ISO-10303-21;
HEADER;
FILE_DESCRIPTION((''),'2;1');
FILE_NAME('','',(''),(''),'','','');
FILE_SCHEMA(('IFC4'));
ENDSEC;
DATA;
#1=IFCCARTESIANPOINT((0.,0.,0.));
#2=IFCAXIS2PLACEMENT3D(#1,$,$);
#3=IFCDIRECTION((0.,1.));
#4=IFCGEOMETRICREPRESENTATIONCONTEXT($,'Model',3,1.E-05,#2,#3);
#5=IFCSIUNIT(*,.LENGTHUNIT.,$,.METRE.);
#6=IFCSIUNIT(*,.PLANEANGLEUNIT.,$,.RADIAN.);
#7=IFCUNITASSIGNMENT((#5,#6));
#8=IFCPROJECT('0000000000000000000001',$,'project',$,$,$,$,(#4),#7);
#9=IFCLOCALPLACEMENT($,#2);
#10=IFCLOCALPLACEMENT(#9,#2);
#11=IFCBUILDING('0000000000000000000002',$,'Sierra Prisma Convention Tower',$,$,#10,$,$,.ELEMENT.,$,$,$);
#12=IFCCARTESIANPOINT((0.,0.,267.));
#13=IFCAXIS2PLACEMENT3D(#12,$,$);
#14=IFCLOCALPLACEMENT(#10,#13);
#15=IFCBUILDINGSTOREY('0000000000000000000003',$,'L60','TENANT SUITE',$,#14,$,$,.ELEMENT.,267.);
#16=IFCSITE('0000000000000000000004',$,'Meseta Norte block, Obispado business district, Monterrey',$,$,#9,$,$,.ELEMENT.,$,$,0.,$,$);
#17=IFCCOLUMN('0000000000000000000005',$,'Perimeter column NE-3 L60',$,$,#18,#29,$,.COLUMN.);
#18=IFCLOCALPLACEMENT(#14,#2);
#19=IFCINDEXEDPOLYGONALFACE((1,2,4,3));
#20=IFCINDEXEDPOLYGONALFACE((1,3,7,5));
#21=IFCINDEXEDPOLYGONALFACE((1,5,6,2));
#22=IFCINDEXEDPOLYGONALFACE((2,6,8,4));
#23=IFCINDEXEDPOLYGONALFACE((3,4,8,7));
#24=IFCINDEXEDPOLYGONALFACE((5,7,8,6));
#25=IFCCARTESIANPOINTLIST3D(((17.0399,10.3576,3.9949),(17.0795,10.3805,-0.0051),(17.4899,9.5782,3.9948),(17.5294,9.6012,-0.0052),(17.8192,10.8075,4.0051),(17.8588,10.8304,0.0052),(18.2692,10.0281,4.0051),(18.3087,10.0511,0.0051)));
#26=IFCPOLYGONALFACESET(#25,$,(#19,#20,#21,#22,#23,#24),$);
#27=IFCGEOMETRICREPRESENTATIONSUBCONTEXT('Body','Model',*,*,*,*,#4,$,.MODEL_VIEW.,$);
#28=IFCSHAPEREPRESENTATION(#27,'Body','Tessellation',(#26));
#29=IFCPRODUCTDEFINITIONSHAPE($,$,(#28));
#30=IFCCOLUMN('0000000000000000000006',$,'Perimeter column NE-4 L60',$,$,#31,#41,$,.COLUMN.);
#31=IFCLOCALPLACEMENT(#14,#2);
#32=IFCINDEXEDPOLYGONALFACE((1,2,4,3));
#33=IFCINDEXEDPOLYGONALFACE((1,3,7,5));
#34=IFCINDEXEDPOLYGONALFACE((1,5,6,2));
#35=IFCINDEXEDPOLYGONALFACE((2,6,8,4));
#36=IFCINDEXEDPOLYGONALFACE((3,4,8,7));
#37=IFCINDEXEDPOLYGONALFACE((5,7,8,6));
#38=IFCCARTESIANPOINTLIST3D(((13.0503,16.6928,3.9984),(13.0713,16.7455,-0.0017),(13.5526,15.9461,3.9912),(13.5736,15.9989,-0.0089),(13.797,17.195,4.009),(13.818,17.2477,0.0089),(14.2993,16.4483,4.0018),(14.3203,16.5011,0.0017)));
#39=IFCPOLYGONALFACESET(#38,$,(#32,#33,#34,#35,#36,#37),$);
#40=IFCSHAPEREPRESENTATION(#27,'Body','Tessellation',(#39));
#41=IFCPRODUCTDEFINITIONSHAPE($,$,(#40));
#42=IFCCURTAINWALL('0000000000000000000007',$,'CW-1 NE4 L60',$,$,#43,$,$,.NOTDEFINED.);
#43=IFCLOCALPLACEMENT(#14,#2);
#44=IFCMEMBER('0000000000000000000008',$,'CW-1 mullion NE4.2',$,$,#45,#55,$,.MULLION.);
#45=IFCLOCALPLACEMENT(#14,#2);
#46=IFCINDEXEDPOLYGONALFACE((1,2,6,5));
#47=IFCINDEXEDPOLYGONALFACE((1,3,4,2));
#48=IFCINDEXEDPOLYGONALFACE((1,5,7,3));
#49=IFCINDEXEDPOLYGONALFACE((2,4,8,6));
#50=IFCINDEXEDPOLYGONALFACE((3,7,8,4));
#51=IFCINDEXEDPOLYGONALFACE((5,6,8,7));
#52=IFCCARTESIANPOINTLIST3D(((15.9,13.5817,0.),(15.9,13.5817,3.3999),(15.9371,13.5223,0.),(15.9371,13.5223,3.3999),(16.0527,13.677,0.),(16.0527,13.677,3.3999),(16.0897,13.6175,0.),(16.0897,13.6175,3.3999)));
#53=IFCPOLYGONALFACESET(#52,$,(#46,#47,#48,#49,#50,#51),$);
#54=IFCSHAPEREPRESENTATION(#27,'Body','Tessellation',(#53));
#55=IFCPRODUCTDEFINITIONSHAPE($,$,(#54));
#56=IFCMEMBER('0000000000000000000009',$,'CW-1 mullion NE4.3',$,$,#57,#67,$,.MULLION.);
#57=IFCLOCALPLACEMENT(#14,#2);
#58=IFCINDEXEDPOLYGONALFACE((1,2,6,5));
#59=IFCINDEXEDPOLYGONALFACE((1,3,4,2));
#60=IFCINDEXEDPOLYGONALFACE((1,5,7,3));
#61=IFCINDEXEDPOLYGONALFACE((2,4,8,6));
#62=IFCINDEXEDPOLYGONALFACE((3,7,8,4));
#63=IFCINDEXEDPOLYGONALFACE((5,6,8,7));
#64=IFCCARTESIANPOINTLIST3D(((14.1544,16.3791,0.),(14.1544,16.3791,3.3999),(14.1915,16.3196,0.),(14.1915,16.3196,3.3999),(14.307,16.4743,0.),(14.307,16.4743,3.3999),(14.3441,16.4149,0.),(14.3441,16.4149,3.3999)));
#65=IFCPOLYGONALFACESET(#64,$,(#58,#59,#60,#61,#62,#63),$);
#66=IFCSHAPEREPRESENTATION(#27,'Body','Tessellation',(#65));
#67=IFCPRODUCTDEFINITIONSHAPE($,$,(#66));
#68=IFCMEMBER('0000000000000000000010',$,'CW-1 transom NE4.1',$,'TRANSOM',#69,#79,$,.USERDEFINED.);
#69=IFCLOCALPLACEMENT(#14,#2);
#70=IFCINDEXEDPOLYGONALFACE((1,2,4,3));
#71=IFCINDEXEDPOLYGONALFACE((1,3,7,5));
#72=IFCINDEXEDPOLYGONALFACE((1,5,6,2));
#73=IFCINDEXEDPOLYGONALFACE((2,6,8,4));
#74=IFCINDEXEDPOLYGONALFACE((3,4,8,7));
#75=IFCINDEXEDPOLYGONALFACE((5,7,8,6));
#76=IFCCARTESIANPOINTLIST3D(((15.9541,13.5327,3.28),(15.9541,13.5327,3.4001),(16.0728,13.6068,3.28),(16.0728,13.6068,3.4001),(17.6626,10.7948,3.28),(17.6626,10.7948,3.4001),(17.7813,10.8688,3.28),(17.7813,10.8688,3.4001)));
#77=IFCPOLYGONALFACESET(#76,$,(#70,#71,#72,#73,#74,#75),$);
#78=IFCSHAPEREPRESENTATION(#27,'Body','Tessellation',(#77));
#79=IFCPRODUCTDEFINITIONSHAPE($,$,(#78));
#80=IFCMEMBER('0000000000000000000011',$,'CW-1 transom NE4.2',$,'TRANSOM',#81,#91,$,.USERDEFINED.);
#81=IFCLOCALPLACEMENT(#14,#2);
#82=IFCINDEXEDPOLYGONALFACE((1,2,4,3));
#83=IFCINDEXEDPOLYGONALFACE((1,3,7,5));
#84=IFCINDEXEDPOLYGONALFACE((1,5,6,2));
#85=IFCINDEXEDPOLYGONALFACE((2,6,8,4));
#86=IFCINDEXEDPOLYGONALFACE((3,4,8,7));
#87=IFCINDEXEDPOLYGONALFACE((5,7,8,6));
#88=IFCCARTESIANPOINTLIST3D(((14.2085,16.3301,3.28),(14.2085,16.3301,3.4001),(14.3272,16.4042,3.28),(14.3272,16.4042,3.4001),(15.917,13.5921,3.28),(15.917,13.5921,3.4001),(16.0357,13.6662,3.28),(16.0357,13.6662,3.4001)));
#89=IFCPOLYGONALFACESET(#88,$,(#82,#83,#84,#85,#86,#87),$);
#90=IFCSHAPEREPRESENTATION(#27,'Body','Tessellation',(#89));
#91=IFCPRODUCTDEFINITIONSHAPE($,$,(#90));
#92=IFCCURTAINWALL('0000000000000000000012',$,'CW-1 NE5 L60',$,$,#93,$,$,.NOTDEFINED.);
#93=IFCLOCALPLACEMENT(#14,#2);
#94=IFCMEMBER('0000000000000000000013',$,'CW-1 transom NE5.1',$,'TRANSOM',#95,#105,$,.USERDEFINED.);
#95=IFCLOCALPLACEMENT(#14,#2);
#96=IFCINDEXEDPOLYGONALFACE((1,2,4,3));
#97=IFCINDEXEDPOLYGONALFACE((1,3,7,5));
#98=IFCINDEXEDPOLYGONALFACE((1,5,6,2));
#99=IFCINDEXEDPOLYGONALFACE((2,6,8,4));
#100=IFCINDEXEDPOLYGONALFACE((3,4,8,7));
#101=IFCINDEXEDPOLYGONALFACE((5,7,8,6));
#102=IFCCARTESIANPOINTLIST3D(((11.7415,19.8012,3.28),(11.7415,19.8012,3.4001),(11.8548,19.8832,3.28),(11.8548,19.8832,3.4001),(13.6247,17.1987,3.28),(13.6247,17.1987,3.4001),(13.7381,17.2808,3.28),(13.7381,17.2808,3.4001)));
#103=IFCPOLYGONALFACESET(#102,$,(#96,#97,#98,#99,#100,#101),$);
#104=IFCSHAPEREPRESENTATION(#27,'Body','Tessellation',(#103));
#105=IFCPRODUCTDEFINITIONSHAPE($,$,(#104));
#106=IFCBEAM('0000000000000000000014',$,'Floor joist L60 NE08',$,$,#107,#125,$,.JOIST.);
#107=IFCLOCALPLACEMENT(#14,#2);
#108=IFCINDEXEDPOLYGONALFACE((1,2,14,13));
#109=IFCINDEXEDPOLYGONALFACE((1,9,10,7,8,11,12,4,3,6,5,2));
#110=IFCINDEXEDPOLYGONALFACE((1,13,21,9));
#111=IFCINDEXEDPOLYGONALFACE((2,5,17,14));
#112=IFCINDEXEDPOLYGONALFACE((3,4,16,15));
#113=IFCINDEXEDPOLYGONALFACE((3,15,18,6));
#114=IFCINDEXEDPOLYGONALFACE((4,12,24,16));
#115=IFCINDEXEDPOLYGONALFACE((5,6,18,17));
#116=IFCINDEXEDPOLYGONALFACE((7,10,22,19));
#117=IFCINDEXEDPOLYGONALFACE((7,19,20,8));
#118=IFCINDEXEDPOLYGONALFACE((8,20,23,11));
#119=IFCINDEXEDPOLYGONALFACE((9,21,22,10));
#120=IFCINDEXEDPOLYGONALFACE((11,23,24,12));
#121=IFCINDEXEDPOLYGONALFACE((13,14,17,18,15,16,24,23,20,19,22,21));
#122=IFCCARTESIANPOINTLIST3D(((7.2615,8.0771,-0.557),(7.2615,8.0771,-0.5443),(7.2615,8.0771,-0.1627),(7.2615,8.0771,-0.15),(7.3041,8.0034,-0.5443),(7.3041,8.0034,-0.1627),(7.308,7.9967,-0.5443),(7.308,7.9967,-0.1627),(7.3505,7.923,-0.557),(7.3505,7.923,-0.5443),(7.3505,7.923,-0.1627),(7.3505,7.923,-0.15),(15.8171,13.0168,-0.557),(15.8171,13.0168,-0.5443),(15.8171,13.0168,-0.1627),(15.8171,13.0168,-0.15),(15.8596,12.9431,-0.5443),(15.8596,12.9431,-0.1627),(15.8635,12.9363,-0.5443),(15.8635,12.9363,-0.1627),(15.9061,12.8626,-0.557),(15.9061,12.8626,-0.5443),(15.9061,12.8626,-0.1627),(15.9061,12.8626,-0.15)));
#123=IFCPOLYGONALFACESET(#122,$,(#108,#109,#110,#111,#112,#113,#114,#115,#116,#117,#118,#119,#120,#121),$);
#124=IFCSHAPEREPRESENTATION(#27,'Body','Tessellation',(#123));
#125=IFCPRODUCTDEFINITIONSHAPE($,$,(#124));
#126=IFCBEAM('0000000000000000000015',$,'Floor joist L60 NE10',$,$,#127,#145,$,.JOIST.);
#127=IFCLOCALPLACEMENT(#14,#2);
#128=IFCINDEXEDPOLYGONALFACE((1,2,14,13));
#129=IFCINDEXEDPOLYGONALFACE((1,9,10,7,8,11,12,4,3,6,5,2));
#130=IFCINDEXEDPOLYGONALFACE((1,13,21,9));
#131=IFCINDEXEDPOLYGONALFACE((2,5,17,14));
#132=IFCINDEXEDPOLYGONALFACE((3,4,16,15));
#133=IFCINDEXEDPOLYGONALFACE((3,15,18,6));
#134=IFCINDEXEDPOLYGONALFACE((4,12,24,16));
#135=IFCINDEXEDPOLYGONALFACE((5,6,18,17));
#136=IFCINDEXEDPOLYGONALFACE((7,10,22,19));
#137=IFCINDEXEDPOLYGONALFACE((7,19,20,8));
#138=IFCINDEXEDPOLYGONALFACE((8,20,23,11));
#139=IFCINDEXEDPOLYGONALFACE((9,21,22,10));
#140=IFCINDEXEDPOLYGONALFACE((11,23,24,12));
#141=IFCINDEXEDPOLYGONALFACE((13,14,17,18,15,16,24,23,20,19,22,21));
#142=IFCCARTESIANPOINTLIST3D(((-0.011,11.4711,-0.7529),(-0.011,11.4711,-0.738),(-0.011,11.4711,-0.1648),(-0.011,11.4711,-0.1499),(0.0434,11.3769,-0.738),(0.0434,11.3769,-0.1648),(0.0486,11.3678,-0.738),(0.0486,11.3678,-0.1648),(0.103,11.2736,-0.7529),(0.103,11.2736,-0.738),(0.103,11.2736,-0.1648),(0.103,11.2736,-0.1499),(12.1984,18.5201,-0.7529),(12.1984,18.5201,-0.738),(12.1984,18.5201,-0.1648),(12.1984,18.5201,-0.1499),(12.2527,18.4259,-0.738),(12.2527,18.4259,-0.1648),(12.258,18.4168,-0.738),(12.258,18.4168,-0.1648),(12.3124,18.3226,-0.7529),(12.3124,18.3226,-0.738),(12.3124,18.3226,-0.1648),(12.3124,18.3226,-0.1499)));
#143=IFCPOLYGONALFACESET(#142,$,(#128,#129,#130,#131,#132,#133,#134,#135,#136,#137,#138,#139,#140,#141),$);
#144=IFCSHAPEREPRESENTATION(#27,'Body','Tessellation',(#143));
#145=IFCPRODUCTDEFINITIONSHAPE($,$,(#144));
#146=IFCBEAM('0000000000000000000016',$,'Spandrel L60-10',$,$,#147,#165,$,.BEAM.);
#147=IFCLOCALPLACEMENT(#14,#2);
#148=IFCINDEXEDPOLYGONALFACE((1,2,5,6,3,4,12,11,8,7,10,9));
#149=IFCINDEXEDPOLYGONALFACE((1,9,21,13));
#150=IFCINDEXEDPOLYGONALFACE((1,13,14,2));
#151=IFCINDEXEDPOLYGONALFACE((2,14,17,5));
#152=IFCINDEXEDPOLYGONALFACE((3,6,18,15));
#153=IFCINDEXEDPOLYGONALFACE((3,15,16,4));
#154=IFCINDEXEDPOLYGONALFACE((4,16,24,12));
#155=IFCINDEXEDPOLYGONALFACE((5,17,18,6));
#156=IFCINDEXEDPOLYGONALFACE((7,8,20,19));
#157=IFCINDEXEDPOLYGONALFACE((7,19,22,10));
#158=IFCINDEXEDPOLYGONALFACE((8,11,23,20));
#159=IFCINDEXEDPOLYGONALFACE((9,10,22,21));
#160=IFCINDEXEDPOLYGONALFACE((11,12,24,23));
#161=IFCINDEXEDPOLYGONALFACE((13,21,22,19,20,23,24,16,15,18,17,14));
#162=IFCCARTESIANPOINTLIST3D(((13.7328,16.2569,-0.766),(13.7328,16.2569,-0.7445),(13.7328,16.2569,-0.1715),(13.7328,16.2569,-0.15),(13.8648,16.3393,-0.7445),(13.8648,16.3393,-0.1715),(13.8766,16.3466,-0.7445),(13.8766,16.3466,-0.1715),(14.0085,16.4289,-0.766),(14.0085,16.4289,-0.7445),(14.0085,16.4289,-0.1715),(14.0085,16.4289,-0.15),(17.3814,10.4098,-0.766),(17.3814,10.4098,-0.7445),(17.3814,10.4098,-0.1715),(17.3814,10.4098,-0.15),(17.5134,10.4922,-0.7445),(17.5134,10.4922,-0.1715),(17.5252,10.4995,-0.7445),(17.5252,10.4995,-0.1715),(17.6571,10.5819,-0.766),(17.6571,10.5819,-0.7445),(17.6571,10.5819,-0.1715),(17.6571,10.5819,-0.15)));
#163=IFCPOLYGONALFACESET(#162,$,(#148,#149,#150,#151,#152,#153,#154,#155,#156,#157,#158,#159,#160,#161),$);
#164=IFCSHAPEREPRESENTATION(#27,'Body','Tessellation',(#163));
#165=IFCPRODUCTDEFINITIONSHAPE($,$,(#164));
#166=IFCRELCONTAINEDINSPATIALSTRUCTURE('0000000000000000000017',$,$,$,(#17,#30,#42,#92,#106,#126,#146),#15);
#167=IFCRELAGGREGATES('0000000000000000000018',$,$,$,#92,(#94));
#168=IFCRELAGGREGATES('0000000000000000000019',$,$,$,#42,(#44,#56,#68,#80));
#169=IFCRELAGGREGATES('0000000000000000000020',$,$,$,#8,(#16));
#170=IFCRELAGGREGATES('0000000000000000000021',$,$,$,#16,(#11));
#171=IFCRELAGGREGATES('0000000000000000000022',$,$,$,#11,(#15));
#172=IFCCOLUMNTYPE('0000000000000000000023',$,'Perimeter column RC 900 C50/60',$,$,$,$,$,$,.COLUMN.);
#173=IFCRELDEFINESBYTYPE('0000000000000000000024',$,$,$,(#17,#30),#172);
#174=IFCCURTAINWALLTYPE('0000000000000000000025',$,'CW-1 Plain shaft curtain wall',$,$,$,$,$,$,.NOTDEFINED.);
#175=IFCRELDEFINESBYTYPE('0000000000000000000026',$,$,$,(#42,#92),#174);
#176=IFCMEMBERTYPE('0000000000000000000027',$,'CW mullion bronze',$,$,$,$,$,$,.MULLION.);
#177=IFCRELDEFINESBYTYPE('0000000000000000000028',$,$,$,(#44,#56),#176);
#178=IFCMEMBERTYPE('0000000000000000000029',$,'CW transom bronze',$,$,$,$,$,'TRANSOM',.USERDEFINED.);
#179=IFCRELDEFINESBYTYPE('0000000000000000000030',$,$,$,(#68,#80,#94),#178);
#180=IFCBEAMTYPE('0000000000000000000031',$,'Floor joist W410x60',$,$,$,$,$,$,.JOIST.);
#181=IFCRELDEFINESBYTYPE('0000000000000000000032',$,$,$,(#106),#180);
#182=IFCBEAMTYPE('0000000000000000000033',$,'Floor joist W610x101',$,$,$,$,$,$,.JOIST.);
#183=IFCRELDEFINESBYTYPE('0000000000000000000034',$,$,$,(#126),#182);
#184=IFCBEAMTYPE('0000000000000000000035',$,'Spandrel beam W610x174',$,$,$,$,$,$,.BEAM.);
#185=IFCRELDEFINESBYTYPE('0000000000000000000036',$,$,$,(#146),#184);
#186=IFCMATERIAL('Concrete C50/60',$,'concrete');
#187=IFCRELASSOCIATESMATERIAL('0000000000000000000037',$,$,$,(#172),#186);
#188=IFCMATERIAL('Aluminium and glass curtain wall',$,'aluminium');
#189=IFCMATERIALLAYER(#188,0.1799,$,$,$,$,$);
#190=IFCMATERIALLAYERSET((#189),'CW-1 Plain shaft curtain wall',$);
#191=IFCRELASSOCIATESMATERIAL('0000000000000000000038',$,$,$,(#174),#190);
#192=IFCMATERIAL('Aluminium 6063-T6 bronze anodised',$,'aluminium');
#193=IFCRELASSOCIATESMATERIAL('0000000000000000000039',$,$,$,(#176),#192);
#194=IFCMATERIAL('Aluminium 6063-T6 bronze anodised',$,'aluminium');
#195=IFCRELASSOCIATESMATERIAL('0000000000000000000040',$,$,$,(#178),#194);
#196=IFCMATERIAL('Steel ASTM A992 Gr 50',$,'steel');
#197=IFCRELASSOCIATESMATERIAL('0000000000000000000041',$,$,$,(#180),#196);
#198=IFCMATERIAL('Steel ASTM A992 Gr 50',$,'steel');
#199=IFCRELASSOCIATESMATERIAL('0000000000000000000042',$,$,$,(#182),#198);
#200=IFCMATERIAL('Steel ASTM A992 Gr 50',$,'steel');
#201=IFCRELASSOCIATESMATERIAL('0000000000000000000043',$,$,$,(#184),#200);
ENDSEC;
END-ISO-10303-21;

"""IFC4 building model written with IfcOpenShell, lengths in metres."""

from ifc_helpers import new_model, si_unit, direction, frame, origin, origin_2d, place, context, subcontext, project, spatial, rectangle, i_section, extrude, material, layer, layer_set, material_profile, profile_set, type_object, element, aggregate, save


model = new_model("IFC4")

# Units and contexts
model_context = context("Model", 3, precision=1e-05, world=origin(), true_north=direction((0.0, 1.0)))
body_context = subcontext(model_context, "Body", "Model", "MODEL_VIEW")
ifc_project = project(units=[si_unit("LENGTHUNIT", "METRE"), si_unit("PLANEANGLEUNIT", "RADIAN")], contexts=[model_context])

# Site, building, storey
site_placement = place(None, origin())
site = spatial("IfcSite", under=ifc_project, at=site_placement, Name="Meseta Norte block, Obispado business district, Monterrey", CompositionType="ELEMENT", RefElevation=0.0)
building_placement = place(site_placement, origin())
building = spatial("IfcBuilding", under=site, at=building_placement, Name="Sierra Prisma Convention Tower", CompositionType="ELEMENT")
storey_placement = place(building_placement, frame((0.0, 0.0, 267.0)))
storey = spatial("IfcBuildingStorey", under=building, at=storey_placement, Name="L60", Description="TENANT SUITE", CompositionType="ELEMENT", Elevation=267.0)

# Columns
ifc_material_1 = material(Name="Concrete C50/60", Category="concrete")
ifc_material_profile_1 = material_profile(ifc_material_1, rectangle(XDim=0.8999, YDim=0.8999, at=origin_2d()), Name="Perimeter column RC 900 C50/60")
ifc_profile_set_1 = profile_set([ifc_material_profile_1], Name="Concrete C50/60")
column_type = type_object("IfcColumnType", Name="Perimeter column RC 900 C50/60", PredefinedType="COLUMN", material=ifc_profile_set_1)
column_1_placement = place(storey_placement, frame((17.6941, 10.2158, 0.0), z_axis=(-0.009887, -0.005737, 0.999935), x_axis=(-0.499976, 0.86604, 0.000025)))
element("IfcColumn", 1, at=column_1_placement, inside=storey, type_object=column_type, Name="Perimeter column NE-3 L60", PredefinedType="COLUMN", context=body_context, shape_type="SweptSolid", body=[
    extrude(rectangle(XDim=0.8999, YDim=0.8999, at=origin_2d()), origin(), (0.0, 0.0, 1.0), 4.0002),
])
column_2_placement = place(storey_placement, frame((13.6958, 16.6233, 0.0), z_axis=(-0.005248, -0.013182, 0.999899), x_axis=(-0.558149, 0.829702, 0.008009)))
element("IfcColumn", 2, at=column_2_placement, inside=storey, type_object=column_type, Name="Perimeter column NE-4 L60", PredefinedType="COLUMN", context=body_context, shape_type="SweptSolid", body=[
    extrude(rectangle(XDim=0.8999, YDim=0.8999, at=origin_2d()), origin(), (0.0, 0.0, 1.0), 4.0005),
])

# Curtain wall, members
ifc_material_2 = material(Name="Aluminium and glass curtain wall", Category="aluminium")
ifc_layer_1 = layer(ifc_material_2, 0.1799)
ifc_layer_set_1 = layer_set([ifc_layer_1], Name="CW-1 Plain shaft curtain wall")
curtain_wall_type = type_object("IfcCurtainWallType", Name="CW-1 Plain shaft curtain wall", PredefinedType="NOTDEFINED", material=ifc_layer_set_1)
curtain_wall_1_placement = place(storey_placement, origin())
curtain_wall_1 = element("IfcCurtainWall", 3, at=curtain_wall_1_placement, inside=storey, type_object=curtain_wall_type, Name="CW-1 NE4 L60", PredefinedType="NOTDEFINED")
ifc_material_3 = material(Name="Aluminium 6063-T6 bronze anodised", Category="aluminium")
ifc_material_profile_2 = material_profile(ifc_material_3, rectangle(XDim=0.1799, YDim=0.0701, at=origin_2d()), Name="ALU MULLION 70x180")
ifc_profile_set_2 = profile_set([ifc_material_profile_2], Name="Aluminium 6063-T6 bronze anodised")
member_type_1 = type_object("IfcMemberType", Name="CW mullion bronze", PredefinedType="MULLION", material=ifc_profile_set_2)
member_1_placement = place(storey_placement, frame((15.9949, 13.5996, 0.0), z_axis=(0.0, 0.0, 1.0), x_axis=(-0.848379, -0.52939, 0.0)))
member_1 = element("IfcMember", 4, at=member_1_placement, type_object=member_type_1, Name="CW-1 mullion NE4.2", PredefinedType="MULLION", context=body_context, shape_type="SweptSolid", body=[
    extrude(rectangle(XDim=0.1799, YDim=0.0701, at=origin_2d()), origin(), (0.0, 0.0, 1.0), 3.3999),
])
member_2_placement = place(storey_placement, frame((14.2493, 16.397, 0.0), z_axis=(0.0, 0.0, 1.0), x_axis=(-0.848379, -0.52939, 0.0)))
member_2 = element("IfcMember", 5, at=member_2_placement, type_object=member_type_1, Name="CW-1 mullion NE4.3", PredefinedType="MULLION", context=body_context, shape_type="SweptSolid", body=[
    extrude(rectangle(XDim=0.1799, YDim=0.0701, at=origin_2d()), origin(), (0.0, 0.0, 1.0), 3.3999),
])
ifc_material_4 = material(Name="Aluminium 6063-T6 bronze anodised", Category="aluminium")
ifc_material_profile_3 = material_profile(ifc_material_4, rectangle(XDim=0.1399, YDim=0.1201, at=origin_2d()), Name="ALU TRANSOM 120x140")
ifc_profile_set_3 = profile_set([ifc_material_profile_3], Name="Aluminium 6063-T6 bronze anodised")
member_type_2 = type_object("IfcMemberType", Name="CW transom bronze", ElementType="TRANSOM", PredefinedType="USERDEFINED", material=ifc_profile_set_3)
member_3_placement = place(storey_placement, frame((17.7219, 10.8318, 3.3401), z_axis=(-0.52938, 0.848385, 0.0), x_axis=(-0.848385, -0.52938, 0.0)))
member_3 = element("IfcMember", 6, at=member_3_placement, type_object=member_type_2, Name="CW-1 transom NE4.1", ObjectType="TRANSOM", PredefinedType="USERDEFINED", context=body_context, shape_type="SweptSolid", body=[
    extrude(rectangle(XDim=0.1399, YDim=0.1201, at=origin_2d()), origin(), (0.0, 0.0, 1.0), 3.2273),
])
member_4_placement = place(storey_placement, frame((15.9763, 13.6292, 3.3401), z_axis=(-0.52938, 0.848385, 0.0), x_axis=(-0.848385, -0.52938, 0.0)))
member_4 = element("IfcMember", 7, at=member_4_placement, type_object=member_type_2, Name="CW-1 transom NE4.2", ObjectType="TRANSOM", PredefinedType="USERDEFINED", context=body_context, shape_type="SweptSolid", body=[
    extrude(rectangle(XDim=0.1399, YDim=0.1201, at=origin_2d()), origin(), (0.0, 0.0, 1.0), 3.2273),
])

# Curtain wall, member
curtain_wall_2_placement = place(storey_placement, origin())
curtain_wall_2 = element("IfcCurtainWall", 8, at=curtain_wall_2_placement, inside=storey, type_object=curtain_wall_type, Name="CW-1 NE5 L60", PredefinedType="NOTDEFINED")
member_5_placement = place(storey_placement, frame((13.6814, 17.2397, 3.3401), z_axis=(-0.586245, 0.810134, 0.0), x_axis=(-0.810134, -0.586245, 0.0)))
member_5 = element("IfcMember", 9, at=member_5_placement, type_object=member_type_2, Name="CW-1 transom NE5.1", ObjectType="TRANSOM", PredefinedType="USERDEFINED", context=body_context, shape_type="SweptSolid", body=[
    extrude(rectangle(XDim=0.1399, YDim=0.1201, at=origin_2d()), origin(), (0.0, 0.0, 1.0), 3.2124),
])
aggregate(curtain_wall_2, [member_5])

# Beams
ifc_material_5 = material(Name="Steel ASTM A992 Gr 50", Category="steel")
ifc_material_profile_4 = material_profile(ifc_material_5, i_section(OverallWidth=0.178, OverallDepth=0.407, WebThickness=0.0078, FlangeThickness=0.0127, at=origin_2d()), Name="W410x60")
ifc_profile_set_4 = profile_set([ifc_material_profile_4], Name="Steel ASTM A992 Gr 50")
beam_type_1 = type_object("IfcBeamType", Name="Floor joist W410x60", PredefinedType="JOIST", material=ifc_profile_set_4)
beam_1_placement = place(storey_placement, frame((15.8616, 12.9397, -0.3535), z_axis=(-0.866022, -0.500006, 0.0), x_axis=(0.500006, -0.866022, 0.0)))
element("IfcBeam", 10, at=beam_1_placement, inside=storey, type_object=beam_type_1, Name="Floor joist L60 NE08", PredefinedType="JOIST", context=body_context, shape_type="SweptSolid", body=[
    extrude(i_section(OverallWidth=0.178, OverallDepth=0.407, WebThickness=0.0078, FlangeThickness=0.0127, at=origin_2d()), origin(), (0.0, 0.0, 1.0), 9.8792),
])
ifc_material_6 = material(Name="Steel ASTM A992 Gr 50", Category="steel")
ifc_material_profile_5 = material_profile(ifc_material_6, i_section(OverallWidth=0.228, OverallDepth=0.603, WebThickness=0.0105, FlangeThickness=0.0149, at=origin_2d()), Name="W610x101")
ifc_profile_set_5 = profile_set([ifc_material_profile_5], Name="Steel ASTM A992 Gr 50")
beam_type_2 = type_object("IfcBeamType", Name="Floor joist W610x101", PredefinedType="JOIST", material=ifc_profile_set_5)
beam_2_placement = place(storey_placement, frame((12.2554, 18.4214, -0.4514), z_axis=(-0.866028, -0.499996, 0.0), x_axis=(0.499996, -0.866028, 0.0)))
element("IfcBeam", 11, at=beam_2_placement, inside=storey, type_object=beam_type_2, Name="Floor joist L60 NE10", PredefinedType="JOIST", context=body_context, shape_type="SweptSolid", body=[
    extrude(i_section(OverallWidth=0.228, OverallDepth=0.603, WebThickness=0.0105, FlangeThickness=0.0149, at=origin_2d()), origin(), (0.0, 0.0, 1.0), 14.0981),
])
ifc_material_7 = material(Name="Steel ASTM A992 Gr 50", Category="steel")
ifc_material_profile_6 = material_profile(ifc_material_7, i_section(OverallWidth=0.325, OverallDepth=0.616, WebThickness=0.0139, FlangeThickness=0.0215, at=origin_2d()), Name="W610x174")
ifc_profile_set_6 = profile_set([ifc_material_profile_6], Name="Steel ASTM A992 Gr 50")
beam_type_3 = type_object("IfcBeamType", Name="Spandrel beam W610x174", PredefinedType="BEAM", material=ifc_profile_set_6)
beam_3_placement = place(storey_placement, frame((17.5193, 10.4958, -0.458), z_axis=(-0.529394, 0.848376, 0.0), x_axis=(-0.848376, -0.529394, 0.0)))
element("IfcBeam", 12, at=beam_3_placement, inside=storey, type_object=beam_type_3, Name="Spandrel L60-10", PredefinedType="BEAM", context=body_context, shape_type="SweptSolid", body=[
    extrude(i_section(OverallWidth=0.325, OverallDepth=0.616, WebThickness=0.0139, FlangeThickness=0.0215, at=origin_2d()), origin(), (0.0, 0.0, 1.0), 6.8921),
])

aggregate(curtain_wall_1, [member_1, member_2, member_3, member_4])

save(model, "model.ifc")
